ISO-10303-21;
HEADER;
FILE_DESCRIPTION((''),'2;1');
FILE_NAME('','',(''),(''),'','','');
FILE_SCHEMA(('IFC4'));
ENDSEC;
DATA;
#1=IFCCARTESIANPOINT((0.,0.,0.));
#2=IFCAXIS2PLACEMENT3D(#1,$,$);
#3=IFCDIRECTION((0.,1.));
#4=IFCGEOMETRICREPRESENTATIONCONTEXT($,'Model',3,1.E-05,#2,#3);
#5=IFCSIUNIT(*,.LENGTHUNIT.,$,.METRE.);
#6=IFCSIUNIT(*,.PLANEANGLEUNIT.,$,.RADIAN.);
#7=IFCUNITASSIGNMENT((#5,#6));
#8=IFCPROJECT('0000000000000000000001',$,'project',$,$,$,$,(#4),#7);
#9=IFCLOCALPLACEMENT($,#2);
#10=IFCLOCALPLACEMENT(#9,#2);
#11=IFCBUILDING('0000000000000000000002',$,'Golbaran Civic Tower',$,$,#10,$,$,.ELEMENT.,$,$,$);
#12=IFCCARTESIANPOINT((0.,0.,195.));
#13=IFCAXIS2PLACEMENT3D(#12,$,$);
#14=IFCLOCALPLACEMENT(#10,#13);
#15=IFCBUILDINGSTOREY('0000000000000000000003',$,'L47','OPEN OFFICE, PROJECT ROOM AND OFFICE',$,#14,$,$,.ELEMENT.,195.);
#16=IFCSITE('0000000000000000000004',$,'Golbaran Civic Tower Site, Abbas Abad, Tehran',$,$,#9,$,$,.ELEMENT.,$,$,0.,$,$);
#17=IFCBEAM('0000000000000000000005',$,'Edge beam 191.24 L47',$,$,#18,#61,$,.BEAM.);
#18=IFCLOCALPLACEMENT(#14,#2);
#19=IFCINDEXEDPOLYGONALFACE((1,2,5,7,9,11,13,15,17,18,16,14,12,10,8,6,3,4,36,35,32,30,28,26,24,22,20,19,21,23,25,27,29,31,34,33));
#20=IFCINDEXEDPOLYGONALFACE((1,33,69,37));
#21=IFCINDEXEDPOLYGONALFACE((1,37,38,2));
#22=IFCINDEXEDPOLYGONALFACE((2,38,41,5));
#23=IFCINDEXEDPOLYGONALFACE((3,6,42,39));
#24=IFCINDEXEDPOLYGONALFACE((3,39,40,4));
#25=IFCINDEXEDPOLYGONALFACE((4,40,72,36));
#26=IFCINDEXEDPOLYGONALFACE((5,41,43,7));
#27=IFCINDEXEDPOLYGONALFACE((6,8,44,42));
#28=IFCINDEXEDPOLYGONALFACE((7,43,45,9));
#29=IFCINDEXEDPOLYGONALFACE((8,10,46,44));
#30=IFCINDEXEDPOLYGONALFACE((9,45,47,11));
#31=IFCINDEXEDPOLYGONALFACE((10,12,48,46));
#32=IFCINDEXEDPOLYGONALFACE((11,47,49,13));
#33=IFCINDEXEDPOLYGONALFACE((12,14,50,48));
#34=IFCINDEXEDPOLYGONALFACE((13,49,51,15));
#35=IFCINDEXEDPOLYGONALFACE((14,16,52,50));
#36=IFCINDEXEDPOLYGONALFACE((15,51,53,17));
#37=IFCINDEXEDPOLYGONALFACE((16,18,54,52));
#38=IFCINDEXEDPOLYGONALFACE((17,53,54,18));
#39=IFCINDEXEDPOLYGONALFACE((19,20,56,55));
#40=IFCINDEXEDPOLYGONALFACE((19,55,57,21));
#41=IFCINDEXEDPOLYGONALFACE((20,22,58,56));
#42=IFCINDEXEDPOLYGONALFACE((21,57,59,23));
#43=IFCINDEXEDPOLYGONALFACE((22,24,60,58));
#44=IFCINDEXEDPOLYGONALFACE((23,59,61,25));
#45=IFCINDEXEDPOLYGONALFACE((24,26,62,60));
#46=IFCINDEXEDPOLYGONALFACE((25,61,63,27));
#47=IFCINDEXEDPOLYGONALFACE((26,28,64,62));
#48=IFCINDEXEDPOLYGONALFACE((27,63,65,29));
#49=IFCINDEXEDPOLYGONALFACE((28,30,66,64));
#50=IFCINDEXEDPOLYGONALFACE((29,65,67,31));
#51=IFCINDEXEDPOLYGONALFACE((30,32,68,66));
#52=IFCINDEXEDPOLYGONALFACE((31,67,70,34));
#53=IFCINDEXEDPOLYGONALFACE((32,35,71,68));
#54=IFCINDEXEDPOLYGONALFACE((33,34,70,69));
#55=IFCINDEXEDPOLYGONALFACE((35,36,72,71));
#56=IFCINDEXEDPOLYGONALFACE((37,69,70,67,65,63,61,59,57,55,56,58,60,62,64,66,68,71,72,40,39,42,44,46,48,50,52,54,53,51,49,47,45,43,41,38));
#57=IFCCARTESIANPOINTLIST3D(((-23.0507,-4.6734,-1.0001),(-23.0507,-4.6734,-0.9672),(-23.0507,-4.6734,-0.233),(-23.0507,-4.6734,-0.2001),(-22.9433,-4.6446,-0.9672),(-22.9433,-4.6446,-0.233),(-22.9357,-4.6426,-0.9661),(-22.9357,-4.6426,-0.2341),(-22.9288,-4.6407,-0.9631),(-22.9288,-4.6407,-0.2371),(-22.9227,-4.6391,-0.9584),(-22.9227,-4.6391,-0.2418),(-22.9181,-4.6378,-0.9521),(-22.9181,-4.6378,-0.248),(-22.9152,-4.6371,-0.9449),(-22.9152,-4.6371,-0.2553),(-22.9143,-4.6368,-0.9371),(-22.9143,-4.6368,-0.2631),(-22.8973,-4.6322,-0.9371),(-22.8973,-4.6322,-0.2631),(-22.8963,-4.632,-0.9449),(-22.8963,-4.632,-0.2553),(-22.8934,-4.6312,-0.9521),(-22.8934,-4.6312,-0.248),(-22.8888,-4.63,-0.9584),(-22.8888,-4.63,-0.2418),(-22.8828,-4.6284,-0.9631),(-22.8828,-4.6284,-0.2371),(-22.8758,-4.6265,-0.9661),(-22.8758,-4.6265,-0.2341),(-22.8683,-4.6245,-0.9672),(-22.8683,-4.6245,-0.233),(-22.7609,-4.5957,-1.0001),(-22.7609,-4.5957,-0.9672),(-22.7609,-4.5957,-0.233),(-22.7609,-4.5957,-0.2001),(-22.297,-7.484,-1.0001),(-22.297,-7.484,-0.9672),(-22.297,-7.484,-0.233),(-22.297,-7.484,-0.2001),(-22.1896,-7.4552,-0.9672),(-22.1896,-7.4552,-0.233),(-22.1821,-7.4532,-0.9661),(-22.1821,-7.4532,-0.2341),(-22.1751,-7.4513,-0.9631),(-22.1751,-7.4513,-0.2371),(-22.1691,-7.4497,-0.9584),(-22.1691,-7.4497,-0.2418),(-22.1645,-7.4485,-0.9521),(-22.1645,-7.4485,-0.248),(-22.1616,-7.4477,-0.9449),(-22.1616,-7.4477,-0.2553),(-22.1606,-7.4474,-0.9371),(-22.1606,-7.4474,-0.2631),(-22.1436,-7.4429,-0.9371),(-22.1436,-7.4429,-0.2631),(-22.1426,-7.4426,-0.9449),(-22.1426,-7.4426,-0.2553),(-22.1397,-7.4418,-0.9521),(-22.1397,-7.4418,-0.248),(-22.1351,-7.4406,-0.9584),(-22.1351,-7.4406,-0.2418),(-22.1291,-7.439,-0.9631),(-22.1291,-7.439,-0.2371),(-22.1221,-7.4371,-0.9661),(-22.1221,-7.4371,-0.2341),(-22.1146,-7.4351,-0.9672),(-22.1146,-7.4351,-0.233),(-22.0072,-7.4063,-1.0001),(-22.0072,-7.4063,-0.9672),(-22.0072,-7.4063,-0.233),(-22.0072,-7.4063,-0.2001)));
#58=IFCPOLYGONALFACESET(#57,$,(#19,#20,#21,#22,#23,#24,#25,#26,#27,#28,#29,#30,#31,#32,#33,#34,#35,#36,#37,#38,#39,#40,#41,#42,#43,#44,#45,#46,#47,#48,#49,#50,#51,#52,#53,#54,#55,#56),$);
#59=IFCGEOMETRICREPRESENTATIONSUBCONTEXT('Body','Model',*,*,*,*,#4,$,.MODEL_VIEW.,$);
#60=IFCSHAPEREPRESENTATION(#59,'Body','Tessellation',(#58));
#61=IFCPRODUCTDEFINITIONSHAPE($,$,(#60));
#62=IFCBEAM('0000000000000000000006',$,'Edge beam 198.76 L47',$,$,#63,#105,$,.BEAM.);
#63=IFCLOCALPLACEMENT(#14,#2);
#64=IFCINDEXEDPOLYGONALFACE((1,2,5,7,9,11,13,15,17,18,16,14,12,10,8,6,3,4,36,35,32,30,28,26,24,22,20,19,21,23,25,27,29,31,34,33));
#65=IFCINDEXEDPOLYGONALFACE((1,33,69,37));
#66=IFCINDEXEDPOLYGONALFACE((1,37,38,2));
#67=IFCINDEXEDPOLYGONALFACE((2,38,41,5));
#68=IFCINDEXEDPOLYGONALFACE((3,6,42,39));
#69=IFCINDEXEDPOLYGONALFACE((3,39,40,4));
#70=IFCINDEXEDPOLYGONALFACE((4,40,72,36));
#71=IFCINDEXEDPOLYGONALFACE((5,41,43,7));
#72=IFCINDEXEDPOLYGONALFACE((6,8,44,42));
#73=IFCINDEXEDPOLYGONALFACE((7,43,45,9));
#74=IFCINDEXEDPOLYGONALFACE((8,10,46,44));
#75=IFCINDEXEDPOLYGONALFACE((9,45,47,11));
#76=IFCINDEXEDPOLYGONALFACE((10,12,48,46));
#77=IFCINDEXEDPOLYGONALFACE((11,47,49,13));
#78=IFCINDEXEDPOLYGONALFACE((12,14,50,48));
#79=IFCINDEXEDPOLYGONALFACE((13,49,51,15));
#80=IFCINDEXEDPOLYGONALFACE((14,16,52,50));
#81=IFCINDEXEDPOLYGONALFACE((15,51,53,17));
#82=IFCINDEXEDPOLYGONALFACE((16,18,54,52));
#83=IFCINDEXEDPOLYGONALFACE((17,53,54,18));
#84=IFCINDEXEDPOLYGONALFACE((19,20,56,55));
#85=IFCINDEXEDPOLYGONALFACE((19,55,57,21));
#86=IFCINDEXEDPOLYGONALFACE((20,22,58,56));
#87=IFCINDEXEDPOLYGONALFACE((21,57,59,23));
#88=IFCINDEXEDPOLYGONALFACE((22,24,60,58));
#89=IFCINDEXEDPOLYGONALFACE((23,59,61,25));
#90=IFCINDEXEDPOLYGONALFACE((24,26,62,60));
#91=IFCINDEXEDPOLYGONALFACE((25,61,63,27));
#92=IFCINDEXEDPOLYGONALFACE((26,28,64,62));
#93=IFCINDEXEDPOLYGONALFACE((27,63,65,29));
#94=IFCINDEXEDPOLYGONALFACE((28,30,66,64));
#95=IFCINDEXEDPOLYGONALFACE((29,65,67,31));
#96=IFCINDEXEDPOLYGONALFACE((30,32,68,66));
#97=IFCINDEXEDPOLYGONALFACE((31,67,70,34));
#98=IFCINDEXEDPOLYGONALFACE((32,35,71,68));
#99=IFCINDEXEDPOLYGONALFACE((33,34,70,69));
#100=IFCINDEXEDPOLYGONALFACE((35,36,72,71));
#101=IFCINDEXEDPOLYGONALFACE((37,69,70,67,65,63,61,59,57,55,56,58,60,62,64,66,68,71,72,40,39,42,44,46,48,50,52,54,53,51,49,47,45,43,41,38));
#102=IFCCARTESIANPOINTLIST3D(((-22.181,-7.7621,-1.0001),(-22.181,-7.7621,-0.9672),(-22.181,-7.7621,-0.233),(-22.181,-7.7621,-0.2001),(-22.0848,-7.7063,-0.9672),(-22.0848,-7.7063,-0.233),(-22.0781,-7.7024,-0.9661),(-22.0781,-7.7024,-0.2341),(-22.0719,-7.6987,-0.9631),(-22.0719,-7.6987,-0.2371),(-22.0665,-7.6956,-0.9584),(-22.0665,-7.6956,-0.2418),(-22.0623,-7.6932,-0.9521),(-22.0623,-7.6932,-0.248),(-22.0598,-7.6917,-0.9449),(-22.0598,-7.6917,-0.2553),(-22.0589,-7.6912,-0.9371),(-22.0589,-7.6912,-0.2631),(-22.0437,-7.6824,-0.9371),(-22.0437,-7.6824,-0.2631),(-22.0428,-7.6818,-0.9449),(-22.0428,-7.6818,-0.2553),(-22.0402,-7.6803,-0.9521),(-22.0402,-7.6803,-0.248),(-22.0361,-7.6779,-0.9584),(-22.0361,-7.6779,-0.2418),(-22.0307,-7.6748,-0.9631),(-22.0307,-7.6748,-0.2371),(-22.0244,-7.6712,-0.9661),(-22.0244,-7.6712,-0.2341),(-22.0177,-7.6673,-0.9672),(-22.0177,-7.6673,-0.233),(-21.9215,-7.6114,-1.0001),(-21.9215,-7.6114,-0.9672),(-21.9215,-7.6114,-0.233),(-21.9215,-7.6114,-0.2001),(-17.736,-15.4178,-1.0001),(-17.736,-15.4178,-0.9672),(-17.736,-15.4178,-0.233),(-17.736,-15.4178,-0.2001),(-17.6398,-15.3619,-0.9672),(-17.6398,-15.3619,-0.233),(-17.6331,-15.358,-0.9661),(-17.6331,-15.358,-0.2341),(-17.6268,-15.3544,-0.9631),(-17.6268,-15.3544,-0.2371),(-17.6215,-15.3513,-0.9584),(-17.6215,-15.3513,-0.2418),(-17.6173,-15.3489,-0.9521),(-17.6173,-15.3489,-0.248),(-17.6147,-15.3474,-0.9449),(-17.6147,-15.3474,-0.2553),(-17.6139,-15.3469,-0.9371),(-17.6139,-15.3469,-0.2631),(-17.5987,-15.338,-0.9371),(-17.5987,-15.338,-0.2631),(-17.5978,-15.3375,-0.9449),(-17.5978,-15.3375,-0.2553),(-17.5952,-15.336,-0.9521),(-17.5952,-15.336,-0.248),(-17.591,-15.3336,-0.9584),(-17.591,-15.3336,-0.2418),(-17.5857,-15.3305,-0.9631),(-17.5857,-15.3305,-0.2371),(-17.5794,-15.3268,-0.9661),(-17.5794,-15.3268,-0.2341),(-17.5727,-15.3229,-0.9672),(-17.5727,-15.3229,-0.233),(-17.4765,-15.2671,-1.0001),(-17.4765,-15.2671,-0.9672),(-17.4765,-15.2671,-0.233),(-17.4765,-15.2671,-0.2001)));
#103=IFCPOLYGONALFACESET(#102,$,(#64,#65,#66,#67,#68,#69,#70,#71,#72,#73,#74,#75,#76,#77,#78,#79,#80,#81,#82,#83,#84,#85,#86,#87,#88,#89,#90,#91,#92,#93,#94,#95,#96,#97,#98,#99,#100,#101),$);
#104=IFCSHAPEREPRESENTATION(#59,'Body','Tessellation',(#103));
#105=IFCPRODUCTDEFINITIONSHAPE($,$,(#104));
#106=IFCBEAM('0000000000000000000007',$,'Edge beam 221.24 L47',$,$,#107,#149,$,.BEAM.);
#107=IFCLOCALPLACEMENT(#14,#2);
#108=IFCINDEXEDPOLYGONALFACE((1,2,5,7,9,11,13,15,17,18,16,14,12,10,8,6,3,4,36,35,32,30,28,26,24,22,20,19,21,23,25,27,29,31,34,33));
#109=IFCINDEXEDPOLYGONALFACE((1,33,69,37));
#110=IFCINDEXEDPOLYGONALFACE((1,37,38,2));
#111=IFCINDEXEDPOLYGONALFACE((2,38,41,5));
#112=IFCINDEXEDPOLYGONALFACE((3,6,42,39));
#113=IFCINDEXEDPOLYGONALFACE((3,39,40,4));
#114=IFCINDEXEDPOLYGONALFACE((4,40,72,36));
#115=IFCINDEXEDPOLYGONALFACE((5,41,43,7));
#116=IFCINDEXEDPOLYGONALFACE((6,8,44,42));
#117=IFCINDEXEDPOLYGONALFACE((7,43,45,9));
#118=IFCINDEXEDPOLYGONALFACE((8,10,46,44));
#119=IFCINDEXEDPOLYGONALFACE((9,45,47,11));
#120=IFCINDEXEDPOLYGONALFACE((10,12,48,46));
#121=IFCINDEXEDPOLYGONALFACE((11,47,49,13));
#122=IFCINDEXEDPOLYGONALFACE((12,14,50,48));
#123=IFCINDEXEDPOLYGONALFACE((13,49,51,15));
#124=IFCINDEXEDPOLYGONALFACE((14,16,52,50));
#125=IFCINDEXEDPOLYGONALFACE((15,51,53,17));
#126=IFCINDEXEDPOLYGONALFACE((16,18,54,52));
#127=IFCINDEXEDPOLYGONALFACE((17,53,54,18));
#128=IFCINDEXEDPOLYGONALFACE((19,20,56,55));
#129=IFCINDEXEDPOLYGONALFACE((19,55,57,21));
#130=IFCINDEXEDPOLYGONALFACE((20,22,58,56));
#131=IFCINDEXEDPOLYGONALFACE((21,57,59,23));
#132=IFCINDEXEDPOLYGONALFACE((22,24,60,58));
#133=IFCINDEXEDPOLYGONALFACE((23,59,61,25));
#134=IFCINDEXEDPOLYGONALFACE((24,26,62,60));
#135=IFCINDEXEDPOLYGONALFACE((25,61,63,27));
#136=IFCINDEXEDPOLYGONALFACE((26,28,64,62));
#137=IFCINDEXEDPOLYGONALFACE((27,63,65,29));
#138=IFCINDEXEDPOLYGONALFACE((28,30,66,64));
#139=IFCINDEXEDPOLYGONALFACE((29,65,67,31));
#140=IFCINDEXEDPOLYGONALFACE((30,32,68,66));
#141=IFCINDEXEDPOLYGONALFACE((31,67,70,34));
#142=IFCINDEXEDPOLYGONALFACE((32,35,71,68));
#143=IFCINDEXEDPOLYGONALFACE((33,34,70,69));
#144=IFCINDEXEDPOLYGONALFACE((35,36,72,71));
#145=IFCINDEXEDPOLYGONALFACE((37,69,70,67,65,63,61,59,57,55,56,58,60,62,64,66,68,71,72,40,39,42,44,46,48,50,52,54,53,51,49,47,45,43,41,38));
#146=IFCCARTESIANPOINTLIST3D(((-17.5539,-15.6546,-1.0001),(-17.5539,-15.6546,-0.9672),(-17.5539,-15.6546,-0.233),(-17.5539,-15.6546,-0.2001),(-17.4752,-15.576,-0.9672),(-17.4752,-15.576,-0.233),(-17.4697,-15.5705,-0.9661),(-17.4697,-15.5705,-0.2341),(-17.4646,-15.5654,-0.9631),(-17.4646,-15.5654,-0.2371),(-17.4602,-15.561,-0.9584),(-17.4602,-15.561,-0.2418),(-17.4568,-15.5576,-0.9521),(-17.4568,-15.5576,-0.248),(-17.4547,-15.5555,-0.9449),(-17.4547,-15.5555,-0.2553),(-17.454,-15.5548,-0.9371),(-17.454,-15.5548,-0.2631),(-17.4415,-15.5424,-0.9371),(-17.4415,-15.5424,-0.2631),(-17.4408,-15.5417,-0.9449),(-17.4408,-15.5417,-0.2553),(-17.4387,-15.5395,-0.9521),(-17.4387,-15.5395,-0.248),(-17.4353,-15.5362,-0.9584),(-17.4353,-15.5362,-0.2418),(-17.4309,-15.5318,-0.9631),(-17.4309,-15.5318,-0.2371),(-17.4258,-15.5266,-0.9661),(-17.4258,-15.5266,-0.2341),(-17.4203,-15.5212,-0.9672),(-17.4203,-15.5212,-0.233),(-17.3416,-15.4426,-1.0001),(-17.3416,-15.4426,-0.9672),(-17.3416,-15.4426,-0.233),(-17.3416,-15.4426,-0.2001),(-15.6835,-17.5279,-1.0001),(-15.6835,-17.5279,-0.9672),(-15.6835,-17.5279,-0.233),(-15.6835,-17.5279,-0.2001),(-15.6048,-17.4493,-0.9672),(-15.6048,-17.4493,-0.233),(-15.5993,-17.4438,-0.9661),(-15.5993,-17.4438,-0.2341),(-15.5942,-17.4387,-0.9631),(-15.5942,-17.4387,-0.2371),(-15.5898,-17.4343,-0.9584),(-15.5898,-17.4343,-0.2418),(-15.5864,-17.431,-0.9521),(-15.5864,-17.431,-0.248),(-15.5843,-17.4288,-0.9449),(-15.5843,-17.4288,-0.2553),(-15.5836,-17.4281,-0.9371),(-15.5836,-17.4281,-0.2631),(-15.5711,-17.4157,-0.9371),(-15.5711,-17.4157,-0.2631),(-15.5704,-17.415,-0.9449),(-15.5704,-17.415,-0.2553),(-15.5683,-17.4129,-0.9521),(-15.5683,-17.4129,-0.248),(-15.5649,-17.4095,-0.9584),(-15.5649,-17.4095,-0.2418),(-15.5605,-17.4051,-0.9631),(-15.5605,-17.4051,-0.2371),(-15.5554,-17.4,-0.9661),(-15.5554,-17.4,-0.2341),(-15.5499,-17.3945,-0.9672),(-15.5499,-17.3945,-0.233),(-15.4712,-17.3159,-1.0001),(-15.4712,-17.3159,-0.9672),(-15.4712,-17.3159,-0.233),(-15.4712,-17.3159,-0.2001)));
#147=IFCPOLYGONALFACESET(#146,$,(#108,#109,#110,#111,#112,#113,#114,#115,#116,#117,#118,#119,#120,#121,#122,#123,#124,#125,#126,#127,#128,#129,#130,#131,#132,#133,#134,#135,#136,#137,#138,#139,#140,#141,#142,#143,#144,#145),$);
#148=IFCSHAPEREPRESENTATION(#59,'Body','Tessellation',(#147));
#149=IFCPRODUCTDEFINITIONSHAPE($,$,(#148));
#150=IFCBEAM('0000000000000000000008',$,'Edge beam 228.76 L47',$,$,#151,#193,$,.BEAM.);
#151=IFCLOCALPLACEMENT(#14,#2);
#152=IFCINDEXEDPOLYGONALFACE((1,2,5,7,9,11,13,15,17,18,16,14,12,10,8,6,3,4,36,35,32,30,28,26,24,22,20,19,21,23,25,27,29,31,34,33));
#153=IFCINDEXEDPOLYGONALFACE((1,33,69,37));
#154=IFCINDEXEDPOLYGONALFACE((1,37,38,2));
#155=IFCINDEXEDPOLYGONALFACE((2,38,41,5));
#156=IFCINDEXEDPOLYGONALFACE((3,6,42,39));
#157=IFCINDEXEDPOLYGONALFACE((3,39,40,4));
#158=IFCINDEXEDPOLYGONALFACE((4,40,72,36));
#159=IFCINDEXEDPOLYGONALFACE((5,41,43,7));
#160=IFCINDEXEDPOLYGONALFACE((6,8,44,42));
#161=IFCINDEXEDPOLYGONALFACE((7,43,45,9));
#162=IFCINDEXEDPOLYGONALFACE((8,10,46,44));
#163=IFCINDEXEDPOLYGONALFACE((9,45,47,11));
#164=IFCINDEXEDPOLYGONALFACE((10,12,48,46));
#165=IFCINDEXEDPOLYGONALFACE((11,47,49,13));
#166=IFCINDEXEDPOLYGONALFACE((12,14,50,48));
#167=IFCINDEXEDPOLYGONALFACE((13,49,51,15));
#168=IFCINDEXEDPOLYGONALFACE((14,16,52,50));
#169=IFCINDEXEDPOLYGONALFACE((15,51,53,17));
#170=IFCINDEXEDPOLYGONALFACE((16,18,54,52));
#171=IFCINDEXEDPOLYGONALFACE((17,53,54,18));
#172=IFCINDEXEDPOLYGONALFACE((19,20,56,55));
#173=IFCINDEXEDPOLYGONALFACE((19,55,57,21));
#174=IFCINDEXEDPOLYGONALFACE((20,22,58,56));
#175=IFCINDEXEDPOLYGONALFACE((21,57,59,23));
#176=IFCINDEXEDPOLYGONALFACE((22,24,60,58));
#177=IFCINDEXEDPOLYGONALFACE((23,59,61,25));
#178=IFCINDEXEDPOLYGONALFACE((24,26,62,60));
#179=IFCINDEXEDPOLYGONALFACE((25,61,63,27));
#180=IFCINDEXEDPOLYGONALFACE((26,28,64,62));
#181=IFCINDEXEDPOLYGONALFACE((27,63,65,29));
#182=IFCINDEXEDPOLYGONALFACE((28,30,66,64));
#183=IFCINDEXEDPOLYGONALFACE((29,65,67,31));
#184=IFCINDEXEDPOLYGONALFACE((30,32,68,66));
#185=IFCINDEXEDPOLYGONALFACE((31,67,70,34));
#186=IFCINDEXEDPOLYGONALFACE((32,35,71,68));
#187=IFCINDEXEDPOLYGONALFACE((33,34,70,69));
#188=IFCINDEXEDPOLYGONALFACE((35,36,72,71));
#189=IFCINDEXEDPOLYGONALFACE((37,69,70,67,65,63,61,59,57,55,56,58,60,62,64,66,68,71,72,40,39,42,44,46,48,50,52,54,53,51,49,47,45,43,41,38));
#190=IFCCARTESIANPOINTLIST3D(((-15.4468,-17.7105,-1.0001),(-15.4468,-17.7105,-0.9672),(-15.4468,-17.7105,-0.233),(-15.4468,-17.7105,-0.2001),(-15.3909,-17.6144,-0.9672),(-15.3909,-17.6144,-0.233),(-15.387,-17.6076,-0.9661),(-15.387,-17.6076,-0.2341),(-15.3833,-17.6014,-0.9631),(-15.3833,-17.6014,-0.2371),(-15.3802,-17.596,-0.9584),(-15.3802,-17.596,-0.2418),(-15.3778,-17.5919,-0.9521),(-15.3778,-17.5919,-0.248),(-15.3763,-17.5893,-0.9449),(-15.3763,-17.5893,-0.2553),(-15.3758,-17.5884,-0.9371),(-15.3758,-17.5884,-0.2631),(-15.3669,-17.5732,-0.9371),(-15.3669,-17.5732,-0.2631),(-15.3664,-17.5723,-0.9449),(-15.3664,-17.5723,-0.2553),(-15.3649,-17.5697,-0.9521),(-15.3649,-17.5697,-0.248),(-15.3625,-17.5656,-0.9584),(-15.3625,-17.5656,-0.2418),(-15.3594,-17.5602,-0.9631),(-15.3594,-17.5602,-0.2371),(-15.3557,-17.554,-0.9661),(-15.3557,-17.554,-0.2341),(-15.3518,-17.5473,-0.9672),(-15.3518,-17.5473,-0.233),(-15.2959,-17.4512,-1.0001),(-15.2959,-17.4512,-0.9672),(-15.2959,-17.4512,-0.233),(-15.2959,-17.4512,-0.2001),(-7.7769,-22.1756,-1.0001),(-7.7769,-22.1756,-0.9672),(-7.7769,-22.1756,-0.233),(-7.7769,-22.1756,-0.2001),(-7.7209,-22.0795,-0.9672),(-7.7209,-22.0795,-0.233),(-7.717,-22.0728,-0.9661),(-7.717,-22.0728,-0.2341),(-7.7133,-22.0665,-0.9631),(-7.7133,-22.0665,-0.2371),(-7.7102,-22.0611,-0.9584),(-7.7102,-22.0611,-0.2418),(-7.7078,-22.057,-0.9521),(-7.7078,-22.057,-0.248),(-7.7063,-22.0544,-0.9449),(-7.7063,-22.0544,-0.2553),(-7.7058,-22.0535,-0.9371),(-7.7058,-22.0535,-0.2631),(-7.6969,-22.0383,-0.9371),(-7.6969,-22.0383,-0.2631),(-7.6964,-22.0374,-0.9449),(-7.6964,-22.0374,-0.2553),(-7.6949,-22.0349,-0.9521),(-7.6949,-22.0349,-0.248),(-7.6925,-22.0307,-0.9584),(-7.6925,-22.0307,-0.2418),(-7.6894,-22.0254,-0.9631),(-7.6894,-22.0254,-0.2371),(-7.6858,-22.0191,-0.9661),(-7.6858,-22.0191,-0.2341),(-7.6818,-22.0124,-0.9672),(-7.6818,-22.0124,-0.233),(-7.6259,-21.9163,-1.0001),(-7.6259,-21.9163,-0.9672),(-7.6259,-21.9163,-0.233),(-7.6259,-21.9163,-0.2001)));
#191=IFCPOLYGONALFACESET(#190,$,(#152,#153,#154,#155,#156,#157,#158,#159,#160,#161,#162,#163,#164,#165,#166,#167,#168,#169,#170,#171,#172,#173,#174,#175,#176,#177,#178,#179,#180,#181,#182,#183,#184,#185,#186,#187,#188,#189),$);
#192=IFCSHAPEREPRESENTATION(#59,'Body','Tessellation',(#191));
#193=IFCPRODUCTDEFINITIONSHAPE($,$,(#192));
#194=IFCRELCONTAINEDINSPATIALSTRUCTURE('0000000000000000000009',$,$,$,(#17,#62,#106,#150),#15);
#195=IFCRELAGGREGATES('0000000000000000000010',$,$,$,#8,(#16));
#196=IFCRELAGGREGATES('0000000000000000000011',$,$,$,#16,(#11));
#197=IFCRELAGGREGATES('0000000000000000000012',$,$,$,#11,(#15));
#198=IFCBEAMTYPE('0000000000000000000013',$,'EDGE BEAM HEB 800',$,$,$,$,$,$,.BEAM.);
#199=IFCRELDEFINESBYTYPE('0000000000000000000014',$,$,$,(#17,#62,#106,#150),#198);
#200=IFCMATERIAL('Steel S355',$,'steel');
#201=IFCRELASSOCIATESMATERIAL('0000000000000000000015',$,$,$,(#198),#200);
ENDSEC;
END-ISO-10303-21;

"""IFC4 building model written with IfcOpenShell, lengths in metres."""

from ifc_helpers import new_model, si_unit, direction, frame, origin, origin_2d, place, context, subcontext, project, spatial, i_section, extrude, material, material_profile, profile_set, type_object, element, save


model = new_model("IFC4")

# Units and contexts
model_context = context("Model", 3, precision=1e-05, world=origin(), true_north=direction((0.0, 1.0)))
body_context = subcontext(model_context, "Body", "Model", "MODEL_VIEW")
ifc_project = project(units=[si_unit("LENGTHUNIT", "METRE"), si_unit("PLANEANGLEUNIT", "RADIAN")], contexts=[model_context])

# Site, building, storey
site_placement = place(None, origin())
site = spatial("IfcSite", under=ifc_project, at=site_placement, Name="Golbaran Civic Tower Site, Abbas Abad, Tehran", CompositionType="ELEMENT", RefElevation=0.0)
building_placement = place(site_placement, origin())
building = spatial("IfcBuilding", under=site, at=building_placement, Name="Golbaran Civic Tower", CompositionType="ELEMENT")
storey_placement = place(building_placement, frame((0.0, 0.0, 195.0)))
storey = spatial("IfcBuildingStorey", under=building, at=storey_placement, Name="L47", Description="OPEN OFFICE, PROJECT ROOM AND OFFICE", CompositionType="ELEMENT", Elevation=195.0)

# Beams
ifc_material_1 = material(Name="Steel S355", Category="steel")
ifc_material_profile_1 = material_profile(ifc_material_1, i_section(OverallWidth=0.3, OverallDepth=0.8, WebThickness=0.0176, FlangeThickness=0.033, FilletRadius=0.03, at=origin_2d()), Name="HEB 800")
ifc_profile_set_1 = profile_set([ifc_material_profile_1], Name="Steel S355")
beam_type_1 = type_object("IfcBeamType", Name="EDGE BEAM HEB 800", PredefinedType="BEAM", material=ifc_profile_set_1)
beam_1_placement = place(storey_placement, frame((-22.9058, -4.6345, -0.6001), z_axis=(0.259004, -0.965876, 0.0), x_axis=(0.965876, 0.259004, 0.0)))
element("IfcBeam", 1, at=beam_1_placement, inside=storey, type_object=beam_type_1, Name="Edge beam 191.24 L47", PredefinedType="BEAM", context=body_context, shape_type="SweptSolid", body=[
    extrude(i_section(OverallWidth=0.3, OverallDepth=0.8, WebThickness=0.0176, FlangeThickness=0.033, FilletRadius=0.03, at=origin_2d()), origin(), (0.0, 0.0, 1.0), 2.9099),
])
beam_2_placement = place(storey_placement, frame((-22.0513, -7.6868, -0.6001), z_axis=(0.502118, -0.864799, 0.0), x_axis=(0.864799, 0.502118, 0.0)))
element("IfcBeam", 2, at=beam_2_placement, inside=storey, type_object=beam_type_1, Name="Edge beam 198.76 L47", PredefinedType="BEAM", context=body_context, shape_type="SweptSolid", body=[
    extrude(i_section(OverallWidth=0.3, OverallDepth=0.8, WebThickness=0.0176, FlangeThickness=0.033, FilletRadius=0.03, at=origin_2d()), origin(), (0.0, 0.0, 1.0), 8.8525),
])
beam_3_placement = place(storey_placement, frame((-17.4478, -15.5486, -0.6001), z_axis=(0.706553, -0.70766, 0.0), x_axis=(0.70766, 0.706553, 0.0)))
element("IfcBeam", 3, at=beam_3_placement, inside=storey, type_object=beam_type_1, Name="Edge beam 221.24 L47", PredefinedType="BEAM", context=body_context, shape_type="SweptSolid", body=[
    extrude(i_section(OverallWidth=0.3, OverallDepth=0.8, WebThickness=0.0176, FlangeThickness=0.033, FilletRadius=0.03, at=origin_2d()), origin(), (0.0, 0.0, 1.0), 2.6472),
])
beam_4_placement = place(storey_placement, frame((-15.3713, -17.5808, -0.6001), z_axis=(0.864222, -0.503111, 0.0), x_axis=(0.503111, 0.864222, 0.0)))
element("IfcBeam", 4, at=beam_4_placement, inside=storey, type_object=beam_type_1, Name="Edge beam 228.76 L47", PredefinedType="BEAM", context=body_context, shape_type="SweptSolid", body=[
    extrude(i_section(OverallWidth=0.3, OverallDepth=0.8, WebThickness=0.0176, FlangeThickness=0.033, FilletRadius=0.03, at=origin_2d()), origin(), (0.0, 0.0, 1.0), 8.875),
])

save(model, "model.ifc")
